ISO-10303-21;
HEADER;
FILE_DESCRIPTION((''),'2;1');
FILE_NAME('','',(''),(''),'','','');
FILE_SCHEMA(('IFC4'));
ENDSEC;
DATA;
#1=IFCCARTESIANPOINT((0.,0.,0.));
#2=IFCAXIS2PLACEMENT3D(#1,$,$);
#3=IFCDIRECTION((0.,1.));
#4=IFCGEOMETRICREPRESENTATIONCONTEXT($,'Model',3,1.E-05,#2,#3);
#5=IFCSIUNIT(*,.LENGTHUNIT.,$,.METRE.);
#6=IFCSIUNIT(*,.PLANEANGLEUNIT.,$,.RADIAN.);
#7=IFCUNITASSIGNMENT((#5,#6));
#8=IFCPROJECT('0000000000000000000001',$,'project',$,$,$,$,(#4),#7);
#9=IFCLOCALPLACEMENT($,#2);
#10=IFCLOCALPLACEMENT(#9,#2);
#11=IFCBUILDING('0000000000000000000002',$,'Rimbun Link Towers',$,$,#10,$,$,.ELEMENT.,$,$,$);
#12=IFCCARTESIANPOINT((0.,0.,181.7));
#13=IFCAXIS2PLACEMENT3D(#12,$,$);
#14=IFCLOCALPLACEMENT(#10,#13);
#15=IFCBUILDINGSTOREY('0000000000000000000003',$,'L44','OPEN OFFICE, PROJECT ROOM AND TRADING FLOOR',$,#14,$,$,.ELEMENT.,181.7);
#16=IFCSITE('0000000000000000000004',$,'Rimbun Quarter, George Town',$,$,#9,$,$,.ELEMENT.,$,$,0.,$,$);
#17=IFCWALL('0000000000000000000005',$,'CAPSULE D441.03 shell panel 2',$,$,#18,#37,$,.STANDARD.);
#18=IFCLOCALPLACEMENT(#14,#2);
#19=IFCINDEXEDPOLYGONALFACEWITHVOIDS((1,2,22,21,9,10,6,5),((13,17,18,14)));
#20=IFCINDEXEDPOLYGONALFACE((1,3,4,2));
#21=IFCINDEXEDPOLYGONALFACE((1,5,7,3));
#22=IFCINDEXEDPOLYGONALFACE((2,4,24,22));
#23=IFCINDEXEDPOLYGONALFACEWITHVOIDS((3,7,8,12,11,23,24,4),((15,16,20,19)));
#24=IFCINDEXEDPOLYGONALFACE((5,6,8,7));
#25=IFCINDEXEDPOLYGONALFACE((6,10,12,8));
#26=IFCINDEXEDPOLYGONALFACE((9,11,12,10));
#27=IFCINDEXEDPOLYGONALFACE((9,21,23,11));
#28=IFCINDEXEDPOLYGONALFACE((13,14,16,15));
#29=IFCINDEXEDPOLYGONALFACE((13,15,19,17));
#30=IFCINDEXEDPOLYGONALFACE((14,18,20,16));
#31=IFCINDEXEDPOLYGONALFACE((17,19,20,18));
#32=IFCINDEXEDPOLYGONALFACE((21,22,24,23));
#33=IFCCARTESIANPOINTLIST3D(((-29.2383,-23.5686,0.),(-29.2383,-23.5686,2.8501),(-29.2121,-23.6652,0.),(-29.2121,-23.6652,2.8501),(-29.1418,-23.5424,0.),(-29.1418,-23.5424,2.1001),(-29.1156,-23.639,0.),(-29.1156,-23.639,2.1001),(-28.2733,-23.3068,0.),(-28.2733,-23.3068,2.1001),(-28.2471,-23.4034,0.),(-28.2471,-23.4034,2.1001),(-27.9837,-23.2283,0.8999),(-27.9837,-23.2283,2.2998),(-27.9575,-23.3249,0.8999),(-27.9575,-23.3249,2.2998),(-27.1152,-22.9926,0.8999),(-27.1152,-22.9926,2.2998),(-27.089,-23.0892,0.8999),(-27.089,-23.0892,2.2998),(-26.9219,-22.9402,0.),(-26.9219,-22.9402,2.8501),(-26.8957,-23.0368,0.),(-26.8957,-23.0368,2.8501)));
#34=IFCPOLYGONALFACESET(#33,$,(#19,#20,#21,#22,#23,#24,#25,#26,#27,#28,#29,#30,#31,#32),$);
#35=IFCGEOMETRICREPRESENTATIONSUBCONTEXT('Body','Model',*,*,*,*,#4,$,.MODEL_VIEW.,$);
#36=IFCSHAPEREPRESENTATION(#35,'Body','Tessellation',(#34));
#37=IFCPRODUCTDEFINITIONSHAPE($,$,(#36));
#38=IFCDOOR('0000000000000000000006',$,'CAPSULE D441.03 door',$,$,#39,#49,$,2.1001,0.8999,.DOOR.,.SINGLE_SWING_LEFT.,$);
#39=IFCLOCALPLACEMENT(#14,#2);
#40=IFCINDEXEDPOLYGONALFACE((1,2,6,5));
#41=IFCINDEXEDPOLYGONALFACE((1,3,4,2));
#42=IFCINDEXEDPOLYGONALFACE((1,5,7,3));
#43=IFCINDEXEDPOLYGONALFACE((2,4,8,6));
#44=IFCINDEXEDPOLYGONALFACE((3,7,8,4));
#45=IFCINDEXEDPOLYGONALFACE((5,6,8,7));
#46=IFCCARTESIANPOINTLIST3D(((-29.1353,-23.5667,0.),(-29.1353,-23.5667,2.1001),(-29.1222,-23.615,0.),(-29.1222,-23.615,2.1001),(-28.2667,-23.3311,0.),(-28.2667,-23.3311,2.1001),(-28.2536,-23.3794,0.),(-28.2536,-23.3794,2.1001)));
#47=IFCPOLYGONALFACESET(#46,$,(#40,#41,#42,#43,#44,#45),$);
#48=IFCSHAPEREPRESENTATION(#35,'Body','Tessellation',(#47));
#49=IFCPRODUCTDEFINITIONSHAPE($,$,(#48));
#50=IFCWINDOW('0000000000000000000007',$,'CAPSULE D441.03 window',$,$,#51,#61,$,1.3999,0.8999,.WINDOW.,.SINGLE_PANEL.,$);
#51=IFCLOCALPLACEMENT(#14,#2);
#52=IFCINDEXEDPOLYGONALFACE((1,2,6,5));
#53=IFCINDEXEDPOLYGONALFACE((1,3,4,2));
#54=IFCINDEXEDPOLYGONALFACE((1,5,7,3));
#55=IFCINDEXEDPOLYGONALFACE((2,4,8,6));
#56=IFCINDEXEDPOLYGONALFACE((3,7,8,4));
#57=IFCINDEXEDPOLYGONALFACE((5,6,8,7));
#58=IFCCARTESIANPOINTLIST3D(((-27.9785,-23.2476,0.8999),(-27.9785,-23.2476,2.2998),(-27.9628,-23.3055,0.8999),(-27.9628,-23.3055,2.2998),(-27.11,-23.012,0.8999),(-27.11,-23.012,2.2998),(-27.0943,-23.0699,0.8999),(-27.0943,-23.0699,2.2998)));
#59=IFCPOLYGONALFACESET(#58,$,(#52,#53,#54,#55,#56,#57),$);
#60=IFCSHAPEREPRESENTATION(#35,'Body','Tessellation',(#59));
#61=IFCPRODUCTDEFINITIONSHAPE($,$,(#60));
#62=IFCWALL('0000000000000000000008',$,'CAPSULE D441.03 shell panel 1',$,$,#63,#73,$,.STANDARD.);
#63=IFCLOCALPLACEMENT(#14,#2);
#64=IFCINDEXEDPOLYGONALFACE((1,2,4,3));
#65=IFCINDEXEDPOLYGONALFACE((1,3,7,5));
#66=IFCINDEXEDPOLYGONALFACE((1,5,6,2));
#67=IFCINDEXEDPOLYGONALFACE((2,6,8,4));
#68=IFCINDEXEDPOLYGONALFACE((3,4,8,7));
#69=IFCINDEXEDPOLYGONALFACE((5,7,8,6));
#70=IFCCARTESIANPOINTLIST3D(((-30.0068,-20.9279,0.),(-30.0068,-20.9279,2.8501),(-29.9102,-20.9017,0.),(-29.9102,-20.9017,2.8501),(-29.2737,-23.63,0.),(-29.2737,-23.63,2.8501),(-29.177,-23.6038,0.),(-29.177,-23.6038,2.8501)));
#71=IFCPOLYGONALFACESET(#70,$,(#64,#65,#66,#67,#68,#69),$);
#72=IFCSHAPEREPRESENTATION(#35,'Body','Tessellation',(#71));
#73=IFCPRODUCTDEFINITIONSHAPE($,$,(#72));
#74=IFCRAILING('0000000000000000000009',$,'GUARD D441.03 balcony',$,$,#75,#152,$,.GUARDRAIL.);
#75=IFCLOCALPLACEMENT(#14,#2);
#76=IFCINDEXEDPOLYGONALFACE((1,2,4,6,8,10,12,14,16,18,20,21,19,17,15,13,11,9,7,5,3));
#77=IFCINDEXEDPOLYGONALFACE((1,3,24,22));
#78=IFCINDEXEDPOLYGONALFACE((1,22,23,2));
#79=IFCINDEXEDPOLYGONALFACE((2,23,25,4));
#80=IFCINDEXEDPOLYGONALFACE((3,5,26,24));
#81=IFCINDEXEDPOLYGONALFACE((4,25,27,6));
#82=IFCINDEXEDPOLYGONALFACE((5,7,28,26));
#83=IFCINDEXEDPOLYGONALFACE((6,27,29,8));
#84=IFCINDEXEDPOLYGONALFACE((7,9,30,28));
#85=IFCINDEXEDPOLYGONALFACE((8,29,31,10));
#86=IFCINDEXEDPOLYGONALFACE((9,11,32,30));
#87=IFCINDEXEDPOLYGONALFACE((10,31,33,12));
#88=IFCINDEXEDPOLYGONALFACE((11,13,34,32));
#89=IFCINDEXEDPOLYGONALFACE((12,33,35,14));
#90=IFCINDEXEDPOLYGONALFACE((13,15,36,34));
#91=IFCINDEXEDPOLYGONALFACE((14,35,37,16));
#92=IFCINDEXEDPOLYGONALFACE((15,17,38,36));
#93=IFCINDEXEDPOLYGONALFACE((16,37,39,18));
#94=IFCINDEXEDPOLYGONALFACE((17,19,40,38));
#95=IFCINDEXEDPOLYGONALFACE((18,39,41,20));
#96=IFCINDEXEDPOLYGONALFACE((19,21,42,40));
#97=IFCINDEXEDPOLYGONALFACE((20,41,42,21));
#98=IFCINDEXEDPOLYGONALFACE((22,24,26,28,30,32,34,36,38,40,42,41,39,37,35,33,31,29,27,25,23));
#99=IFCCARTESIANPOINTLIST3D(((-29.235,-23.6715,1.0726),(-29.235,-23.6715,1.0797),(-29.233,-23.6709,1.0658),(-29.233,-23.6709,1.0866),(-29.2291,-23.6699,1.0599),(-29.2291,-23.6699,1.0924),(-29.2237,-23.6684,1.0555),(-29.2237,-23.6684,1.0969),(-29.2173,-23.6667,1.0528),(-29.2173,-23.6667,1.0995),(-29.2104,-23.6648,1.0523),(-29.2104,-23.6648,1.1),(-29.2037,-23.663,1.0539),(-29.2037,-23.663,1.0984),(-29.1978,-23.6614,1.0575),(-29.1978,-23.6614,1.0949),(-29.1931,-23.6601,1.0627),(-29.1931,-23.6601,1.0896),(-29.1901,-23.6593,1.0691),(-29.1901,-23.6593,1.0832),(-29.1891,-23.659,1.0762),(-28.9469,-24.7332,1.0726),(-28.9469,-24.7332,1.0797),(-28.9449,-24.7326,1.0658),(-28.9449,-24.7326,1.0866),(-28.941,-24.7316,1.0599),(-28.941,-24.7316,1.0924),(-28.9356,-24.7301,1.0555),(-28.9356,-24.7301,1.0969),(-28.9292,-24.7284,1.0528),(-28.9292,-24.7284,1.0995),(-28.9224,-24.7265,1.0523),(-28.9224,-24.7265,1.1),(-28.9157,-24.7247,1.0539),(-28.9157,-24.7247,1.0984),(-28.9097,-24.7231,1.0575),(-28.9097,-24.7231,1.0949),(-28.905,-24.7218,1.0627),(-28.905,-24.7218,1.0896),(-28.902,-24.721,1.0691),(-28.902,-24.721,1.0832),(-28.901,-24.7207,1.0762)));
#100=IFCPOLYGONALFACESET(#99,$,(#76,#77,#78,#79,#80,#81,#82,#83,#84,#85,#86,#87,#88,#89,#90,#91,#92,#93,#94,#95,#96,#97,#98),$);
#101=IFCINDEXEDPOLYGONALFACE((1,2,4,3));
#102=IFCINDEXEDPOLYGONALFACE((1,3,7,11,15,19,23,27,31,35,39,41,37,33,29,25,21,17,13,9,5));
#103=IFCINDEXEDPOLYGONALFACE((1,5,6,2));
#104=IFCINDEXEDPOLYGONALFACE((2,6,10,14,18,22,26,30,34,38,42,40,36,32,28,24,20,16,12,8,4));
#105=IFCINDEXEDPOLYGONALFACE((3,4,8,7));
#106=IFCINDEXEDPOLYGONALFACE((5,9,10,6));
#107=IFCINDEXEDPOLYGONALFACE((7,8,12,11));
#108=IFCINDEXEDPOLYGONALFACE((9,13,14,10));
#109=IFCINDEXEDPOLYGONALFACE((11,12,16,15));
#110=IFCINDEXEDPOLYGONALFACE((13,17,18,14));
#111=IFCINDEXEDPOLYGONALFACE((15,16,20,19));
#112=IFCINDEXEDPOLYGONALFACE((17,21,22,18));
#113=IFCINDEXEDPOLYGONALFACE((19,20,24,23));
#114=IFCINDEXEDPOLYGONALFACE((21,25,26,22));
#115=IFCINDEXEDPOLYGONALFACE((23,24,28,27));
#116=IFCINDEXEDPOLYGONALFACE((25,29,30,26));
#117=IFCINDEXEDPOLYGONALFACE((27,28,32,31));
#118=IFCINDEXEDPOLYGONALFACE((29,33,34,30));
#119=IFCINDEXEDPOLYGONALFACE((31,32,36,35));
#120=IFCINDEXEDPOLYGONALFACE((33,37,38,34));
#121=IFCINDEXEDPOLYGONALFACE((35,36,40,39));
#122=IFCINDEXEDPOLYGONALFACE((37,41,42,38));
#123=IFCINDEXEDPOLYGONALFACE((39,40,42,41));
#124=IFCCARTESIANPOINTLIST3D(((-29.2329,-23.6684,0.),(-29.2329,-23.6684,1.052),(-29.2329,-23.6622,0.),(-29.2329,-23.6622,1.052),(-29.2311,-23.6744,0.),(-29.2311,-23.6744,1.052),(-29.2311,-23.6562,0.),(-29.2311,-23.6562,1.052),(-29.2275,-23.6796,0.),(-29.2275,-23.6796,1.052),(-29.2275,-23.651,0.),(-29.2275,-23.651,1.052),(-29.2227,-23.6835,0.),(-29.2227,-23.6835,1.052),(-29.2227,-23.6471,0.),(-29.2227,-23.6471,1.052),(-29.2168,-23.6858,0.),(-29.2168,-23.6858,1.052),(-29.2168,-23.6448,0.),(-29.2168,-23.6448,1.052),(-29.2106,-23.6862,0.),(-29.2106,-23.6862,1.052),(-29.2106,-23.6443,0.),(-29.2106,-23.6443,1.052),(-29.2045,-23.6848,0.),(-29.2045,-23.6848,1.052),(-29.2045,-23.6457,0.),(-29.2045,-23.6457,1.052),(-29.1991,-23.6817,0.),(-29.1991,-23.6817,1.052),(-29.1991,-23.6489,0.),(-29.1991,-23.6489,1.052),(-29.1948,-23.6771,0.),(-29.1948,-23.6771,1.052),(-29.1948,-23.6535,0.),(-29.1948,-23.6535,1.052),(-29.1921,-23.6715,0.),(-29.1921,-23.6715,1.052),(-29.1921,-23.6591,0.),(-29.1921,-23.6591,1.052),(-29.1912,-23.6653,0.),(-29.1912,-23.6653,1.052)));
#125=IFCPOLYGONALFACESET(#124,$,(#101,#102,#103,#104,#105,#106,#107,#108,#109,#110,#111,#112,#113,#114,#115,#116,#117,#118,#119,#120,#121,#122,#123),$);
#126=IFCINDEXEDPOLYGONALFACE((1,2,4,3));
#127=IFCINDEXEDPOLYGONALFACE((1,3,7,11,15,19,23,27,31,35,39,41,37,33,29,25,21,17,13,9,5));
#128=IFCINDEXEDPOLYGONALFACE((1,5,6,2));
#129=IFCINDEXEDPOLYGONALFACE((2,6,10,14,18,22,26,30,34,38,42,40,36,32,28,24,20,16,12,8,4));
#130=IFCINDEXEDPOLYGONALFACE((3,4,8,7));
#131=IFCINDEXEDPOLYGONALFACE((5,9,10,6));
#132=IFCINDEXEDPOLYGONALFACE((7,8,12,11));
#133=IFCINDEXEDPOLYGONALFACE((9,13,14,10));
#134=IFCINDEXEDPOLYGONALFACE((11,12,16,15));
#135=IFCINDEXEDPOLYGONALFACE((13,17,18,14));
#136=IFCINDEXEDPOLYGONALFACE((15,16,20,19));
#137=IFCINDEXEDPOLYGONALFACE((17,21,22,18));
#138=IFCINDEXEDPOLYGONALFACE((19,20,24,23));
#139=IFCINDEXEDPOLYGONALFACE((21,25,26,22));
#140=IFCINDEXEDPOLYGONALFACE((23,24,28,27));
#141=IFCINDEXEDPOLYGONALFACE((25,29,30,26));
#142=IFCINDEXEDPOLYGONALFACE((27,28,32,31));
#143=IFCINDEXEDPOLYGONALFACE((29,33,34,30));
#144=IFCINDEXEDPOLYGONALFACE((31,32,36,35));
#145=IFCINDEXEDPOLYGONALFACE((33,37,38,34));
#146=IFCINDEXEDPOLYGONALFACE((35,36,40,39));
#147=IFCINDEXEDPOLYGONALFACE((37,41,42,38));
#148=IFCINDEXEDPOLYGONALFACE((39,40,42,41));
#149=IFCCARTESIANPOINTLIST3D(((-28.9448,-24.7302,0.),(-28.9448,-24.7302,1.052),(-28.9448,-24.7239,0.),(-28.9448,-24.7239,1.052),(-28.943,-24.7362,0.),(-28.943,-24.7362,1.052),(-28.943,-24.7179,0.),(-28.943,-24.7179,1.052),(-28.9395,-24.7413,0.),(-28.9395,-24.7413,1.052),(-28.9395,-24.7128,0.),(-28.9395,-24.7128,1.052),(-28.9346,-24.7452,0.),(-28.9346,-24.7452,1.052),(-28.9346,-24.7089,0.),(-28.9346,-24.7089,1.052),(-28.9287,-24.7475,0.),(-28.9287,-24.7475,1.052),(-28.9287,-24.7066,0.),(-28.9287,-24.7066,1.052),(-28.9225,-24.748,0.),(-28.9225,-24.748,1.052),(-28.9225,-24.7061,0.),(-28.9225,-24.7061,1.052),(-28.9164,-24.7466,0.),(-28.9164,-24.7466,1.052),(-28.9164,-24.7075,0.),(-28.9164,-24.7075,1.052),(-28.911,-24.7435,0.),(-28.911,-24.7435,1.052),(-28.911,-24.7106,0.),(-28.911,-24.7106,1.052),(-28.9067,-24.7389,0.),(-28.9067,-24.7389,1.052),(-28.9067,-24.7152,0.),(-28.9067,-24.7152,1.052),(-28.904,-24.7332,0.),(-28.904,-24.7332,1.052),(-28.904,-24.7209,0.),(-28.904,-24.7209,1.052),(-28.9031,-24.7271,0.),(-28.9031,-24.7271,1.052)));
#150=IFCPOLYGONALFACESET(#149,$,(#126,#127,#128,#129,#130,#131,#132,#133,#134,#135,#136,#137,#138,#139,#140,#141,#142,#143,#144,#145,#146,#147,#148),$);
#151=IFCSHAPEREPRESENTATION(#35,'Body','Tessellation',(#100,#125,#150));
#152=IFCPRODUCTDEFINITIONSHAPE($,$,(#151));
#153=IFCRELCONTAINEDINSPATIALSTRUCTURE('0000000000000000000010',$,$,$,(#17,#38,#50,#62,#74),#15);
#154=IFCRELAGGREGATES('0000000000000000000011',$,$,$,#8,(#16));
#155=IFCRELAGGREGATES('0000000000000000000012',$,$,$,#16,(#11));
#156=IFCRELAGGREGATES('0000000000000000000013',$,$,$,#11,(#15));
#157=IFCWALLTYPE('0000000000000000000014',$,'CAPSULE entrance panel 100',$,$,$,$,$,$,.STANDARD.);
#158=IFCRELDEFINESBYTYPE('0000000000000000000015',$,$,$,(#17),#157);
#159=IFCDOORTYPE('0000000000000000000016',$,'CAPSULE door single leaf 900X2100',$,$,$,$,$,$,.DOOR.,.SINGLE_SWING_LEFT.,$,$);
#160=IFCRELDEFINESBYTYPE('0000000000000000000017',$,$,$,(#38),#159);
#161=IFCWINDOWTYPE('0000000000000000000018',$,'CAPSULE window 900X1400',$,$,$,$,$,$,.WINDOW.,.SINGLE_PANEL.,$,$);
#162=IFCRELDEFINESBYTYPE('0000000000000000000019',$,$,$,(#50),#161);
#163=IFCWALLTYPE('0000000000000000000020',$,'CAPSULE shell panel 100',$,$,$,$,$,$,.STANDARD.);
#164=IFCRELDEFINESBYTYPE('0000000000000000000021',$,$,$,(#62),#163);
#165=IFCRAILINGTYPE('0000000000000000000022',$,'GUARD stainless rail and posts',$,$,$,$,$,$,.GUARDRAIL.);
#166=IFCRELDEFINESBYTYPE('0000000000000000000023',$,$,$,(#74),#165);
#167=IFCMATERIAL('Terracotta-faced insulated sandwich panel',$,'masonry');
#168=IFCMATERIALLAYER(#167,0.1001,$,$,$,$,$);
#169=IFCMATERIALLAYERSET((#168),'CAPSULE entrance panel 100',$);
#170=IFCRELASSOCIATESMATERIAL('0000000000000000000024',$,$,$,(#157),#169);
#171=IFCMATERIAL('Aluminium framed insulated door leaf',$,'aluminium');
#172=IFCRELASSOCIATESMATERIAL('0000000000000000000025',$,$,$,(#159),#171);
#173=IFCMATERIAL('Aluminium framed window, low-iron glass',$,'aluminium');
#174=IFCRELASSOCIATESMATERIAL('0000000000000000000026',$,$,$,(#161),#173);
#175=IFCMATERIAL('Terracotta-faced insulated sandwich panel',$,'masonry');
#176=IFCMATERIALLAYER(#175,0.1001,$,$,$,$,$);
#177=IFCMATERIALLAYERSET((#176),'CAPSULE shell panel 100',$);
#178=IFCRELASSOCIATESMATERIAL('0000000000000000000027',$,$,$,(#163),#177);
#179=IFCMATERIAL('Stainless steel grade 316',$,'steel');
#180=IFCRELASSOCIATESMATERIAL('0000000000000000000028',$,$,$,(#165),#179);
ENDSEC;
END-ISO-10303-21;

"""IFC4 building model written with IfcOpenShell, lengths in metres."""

from ifc_helpers import new_model, si_unit, direction, frame, frame_2d, origin, origin_2d, place, context, subcontext, project, spatial, rectangle, circle, extrude, material, layer, layer_set, type_object, element, fill, save


model = new_model("IFC4")

# Units and contexts
model_context = context("Model", 3, precision=1e-05, world=origin(), true_north=direction((0.0, 1.0)))
body_context = subcontext(model_context, "Body", "Model", "MODEL_VIEW")
ifc_project = project(units=[si_unit("LENGTHUNIT", "METRE"), si_unit("PLANEANGLEUNIT", "RADIAN")], contexts=[model_context])

# Site, building, storey
site_placement = place(None, origin())
site = spatial("IfcSite", under=ifc_project, at=site_placement, Name="Rimbun Quarter, George Town", CompositionType="ELEMENT", RefElevation=0.0)
building_placement = place(site_placement, origin())
building = spatial("IfcBuilding", under=site, at=building_placement, Name="Rimbun Link Towers", CompositionType="ELEMENT")
storey_placement = place(building_placement, frame((0.0, 0.0, 181.7)))
storey = spatial("IfcBuildingStorey", under=building, at=storey_placement, Name="L44", Description="OPEN OFFICE, PROJECT ROOM AND TRADING FLOOR", CompositionType="ELEMENT", Elevation=181.7)

# Wall, openings, door, window
ifc_material_1 = material(Name="Terracotta-faced insulated sandwich panel", Category="masonry")
ifc_layer_1 = layer(ifc_material_1, 0.1001)
ifc_layer_set_1 = layer_set([ifc_layer_1], Name="CAPSULE entrance panel 100")
wall_type_1 = type_object("IfcWallType", Name="CAPSULE entrance panel 100", PredefinedType="STANDARD", material=ifc_layer_set_1)
wall_1_placement = place(storey_placement, frame((-29.2253, -23.6169, 0.0), z_axis=(0.0, 0.0, 1.0), x_axis=(0.965115, 0.261826, 0.0)))
wall_1 = element("IfcWall", 1, at=wall_1_placement, inside=storey, type_object=wall_type_1, Name="CAPSULE D441.03 shell panel 2", PredefinedType="STANDARD", context=body_context, shape_type="SweptSolid", body=[
    extrude(rectangle(XDim=2.4001, YDim=0.1001, at=frame_2d((1.2002, 0.0))), origin(), (0.0, 0.0, 1.0), 2.8501),
])
opening_1_placement = place(wall_1_placement, frame((0.1001, 0.0, 0.0)))
opening_1 = element("IfcOpeningElement", 2, at=opening_1_placement, cuts=wall_1, PredefinedType="OPENING", context=body_context, shape_type="SweptSolid", body=[
    extrude(rectangle(XDim=0.8999, YDim=2.1001, at=frame_2d((0.45, 1.05))), frame((0.0, 0.0601, 0.0), z_axis=(0.0, -1.0, 0.0), x_axis=(1.0, 0.0, 0.0)), (0.0, 0.0, 1.0), 0.1201),
])
opening_2_placement = place(wall_1_placement, frame((1.3, 0.0, 0.8999)))
opening_2 = element("IfcOpeningElement", 3, at=opening_2_placement, cuts=wall_1, PredefinedType="OPENING", context=body_context, shape_type="SweptSolid", body=[
    extrude(rectangle(XDim=0.8999, YDim=1.3999, at=frame_2d((0.45, 0.7))), frame((0.0, 0.0601, 0.0), z_axis=(0.0, -1.0, 0.0), x_axis=(1.0, 0.0, 0.0)), (0.0, 0.0, 1.0), 0.1201),
])
ifc_material_2 = material(Name="Aluminium framed insulated door leaf", Category="aluminium")
door_type = type_object("IfcDoorType", Name="CAPSULE door single leaf 900X2100", OperationType="SINGLE_SWING_LEFT", PredefinedType="DOOR", material=ifc_material_2)
door_placement = place(opening_1_placement, origin())
door = element("IfcDoor", 4, at=door_placement, inside=storey, type_object=door_type, Name="CAPSULE D441.03 door", OperationType="SINGLE_SWING_LEFT", OverallHeight=2.1001, OverallWidth=0.8999, PredefinedType="DOOR", context=body_context, shape_type="SweptSolid", body=[
    extrude(rectangle(XDim=0.8999, YDim=2.1001, at=frame_2d((0.45, 1.05))), frame((0.0, 0.0249, 0.0), z_axis=(0.0, -1.0, 0.0), x_axis=(1.0, 0.0, 0.0)), (0.0, 0.0, 1.0), 0.05),
])
fill(opening_1, door)
ifc_material_3 = material(Name="Aluminium framed window, low-iron glass", Category="aluminium")
window_type = type_object("IfcWindowType", Name="CAPSULE window 900X1400", PartitioningType="SINGLE_PANEL", PredefinedType="WINDOW", material=ifc_material_3)
window_placement = place(opening_2_placement, origin())
window = element("IfcWindow", 5, at=window_placement, inside=storey, type_object=window_type, Name="CAPSULE D441.03 window", OverallHeight=1.3999, OverallWidth=0.8999, PartitioningType="SINGLE_PANEL", PredefinedType="WINDOW", context=body_context, shape_type="SweptSolid", body=[
    extrude(rectangle(XDim=0.8999, YDim=1.3999, at=frame_2d((0.45, 0.7))), frame((0.0, 0.03, 0.0), z_axis=(0.0, -1.0, 0.0), x_axis=(1.0, 0.0, 0.0)), (0.0, 0.0, 1.0), 0.0601),
])
fill(opening_2, window)

# Wall
ifc_material_4 = material(Name="Terracotta-faced insulated sandwich panel", Category="masonry")
ifc_layer_2 = layer(ifc_material_4, 0.1001)
ifc_layer_set_2 = layer_set([ifc_layer_2], Name="CAPSULE shell panel 100")
wall_type_2 = type_object("IfcWallType", Name="CAPSULE shell panel 100", PredefinedType="STANDARD", material=ifc_layer_set_2)
wall_2_placement = place(storey_placement, frame((-29.9585, -20.9148, 0.0), z_axis=(0.0, 0.0, 1.0), x_axis=(0.261855, -0.965107, 0.0)))
element("IfcWall", 6, at=wall_2_placement, inside=storey, type_object=wall_type_2, Name="CAPSULE D441.03 shell panel 1", PredefinedType="STANDARD", context=body_context, shape_type="SweptSolid", body=[
    extrude(rectangle(XDim=2.7998, YDim=0.1001, at=frame_2d((1.3999, 0.0))), origin(), (0.0, 0.0, 1.0), 2.8501),
])

# Railing
ifc_material_5 = material(Name="Stainless steel grade 316", Category="steel")
railing_type = type_object("IfcRailingType", Name="GUARD stainless rail and posts", PredefinedType="GUARDRAIL", material=ifc_material_5)
railing_1_placement = place(storey_placement, frame((-29.2122, -23.6653, 0.0)))
element("IfcRailing", 7, at=railing_1_placement, inside=storey, type_object=railing_type, Name="GUARD D441.03 balcony", PredefinedType="GUARDRAIL", context=body_context, shape_type="SweptSolid", body=[
    extrude(circle(Radius=0.0239, at=origin_2d()), frame((0.0, 0.0, 1.0762), z_axis=(0.261859, -0.965106, 0.0), x_axis=(0.965106, 0.261859, 0.0)), (0.0, 0.0, 1.0), 1.1001),
    extrude(circle(Radius=0.021, at=origin_2d()), origin(), (0.0, 0.0, 1.0), 1.052),
    extrude(circle(Radius=0.021, at=origin_2d()), frame((0.2881, -1.0618, 0.0)), (0.0, 0.0, 1.0), 1.052),
])

save(model, "model.ifc")
